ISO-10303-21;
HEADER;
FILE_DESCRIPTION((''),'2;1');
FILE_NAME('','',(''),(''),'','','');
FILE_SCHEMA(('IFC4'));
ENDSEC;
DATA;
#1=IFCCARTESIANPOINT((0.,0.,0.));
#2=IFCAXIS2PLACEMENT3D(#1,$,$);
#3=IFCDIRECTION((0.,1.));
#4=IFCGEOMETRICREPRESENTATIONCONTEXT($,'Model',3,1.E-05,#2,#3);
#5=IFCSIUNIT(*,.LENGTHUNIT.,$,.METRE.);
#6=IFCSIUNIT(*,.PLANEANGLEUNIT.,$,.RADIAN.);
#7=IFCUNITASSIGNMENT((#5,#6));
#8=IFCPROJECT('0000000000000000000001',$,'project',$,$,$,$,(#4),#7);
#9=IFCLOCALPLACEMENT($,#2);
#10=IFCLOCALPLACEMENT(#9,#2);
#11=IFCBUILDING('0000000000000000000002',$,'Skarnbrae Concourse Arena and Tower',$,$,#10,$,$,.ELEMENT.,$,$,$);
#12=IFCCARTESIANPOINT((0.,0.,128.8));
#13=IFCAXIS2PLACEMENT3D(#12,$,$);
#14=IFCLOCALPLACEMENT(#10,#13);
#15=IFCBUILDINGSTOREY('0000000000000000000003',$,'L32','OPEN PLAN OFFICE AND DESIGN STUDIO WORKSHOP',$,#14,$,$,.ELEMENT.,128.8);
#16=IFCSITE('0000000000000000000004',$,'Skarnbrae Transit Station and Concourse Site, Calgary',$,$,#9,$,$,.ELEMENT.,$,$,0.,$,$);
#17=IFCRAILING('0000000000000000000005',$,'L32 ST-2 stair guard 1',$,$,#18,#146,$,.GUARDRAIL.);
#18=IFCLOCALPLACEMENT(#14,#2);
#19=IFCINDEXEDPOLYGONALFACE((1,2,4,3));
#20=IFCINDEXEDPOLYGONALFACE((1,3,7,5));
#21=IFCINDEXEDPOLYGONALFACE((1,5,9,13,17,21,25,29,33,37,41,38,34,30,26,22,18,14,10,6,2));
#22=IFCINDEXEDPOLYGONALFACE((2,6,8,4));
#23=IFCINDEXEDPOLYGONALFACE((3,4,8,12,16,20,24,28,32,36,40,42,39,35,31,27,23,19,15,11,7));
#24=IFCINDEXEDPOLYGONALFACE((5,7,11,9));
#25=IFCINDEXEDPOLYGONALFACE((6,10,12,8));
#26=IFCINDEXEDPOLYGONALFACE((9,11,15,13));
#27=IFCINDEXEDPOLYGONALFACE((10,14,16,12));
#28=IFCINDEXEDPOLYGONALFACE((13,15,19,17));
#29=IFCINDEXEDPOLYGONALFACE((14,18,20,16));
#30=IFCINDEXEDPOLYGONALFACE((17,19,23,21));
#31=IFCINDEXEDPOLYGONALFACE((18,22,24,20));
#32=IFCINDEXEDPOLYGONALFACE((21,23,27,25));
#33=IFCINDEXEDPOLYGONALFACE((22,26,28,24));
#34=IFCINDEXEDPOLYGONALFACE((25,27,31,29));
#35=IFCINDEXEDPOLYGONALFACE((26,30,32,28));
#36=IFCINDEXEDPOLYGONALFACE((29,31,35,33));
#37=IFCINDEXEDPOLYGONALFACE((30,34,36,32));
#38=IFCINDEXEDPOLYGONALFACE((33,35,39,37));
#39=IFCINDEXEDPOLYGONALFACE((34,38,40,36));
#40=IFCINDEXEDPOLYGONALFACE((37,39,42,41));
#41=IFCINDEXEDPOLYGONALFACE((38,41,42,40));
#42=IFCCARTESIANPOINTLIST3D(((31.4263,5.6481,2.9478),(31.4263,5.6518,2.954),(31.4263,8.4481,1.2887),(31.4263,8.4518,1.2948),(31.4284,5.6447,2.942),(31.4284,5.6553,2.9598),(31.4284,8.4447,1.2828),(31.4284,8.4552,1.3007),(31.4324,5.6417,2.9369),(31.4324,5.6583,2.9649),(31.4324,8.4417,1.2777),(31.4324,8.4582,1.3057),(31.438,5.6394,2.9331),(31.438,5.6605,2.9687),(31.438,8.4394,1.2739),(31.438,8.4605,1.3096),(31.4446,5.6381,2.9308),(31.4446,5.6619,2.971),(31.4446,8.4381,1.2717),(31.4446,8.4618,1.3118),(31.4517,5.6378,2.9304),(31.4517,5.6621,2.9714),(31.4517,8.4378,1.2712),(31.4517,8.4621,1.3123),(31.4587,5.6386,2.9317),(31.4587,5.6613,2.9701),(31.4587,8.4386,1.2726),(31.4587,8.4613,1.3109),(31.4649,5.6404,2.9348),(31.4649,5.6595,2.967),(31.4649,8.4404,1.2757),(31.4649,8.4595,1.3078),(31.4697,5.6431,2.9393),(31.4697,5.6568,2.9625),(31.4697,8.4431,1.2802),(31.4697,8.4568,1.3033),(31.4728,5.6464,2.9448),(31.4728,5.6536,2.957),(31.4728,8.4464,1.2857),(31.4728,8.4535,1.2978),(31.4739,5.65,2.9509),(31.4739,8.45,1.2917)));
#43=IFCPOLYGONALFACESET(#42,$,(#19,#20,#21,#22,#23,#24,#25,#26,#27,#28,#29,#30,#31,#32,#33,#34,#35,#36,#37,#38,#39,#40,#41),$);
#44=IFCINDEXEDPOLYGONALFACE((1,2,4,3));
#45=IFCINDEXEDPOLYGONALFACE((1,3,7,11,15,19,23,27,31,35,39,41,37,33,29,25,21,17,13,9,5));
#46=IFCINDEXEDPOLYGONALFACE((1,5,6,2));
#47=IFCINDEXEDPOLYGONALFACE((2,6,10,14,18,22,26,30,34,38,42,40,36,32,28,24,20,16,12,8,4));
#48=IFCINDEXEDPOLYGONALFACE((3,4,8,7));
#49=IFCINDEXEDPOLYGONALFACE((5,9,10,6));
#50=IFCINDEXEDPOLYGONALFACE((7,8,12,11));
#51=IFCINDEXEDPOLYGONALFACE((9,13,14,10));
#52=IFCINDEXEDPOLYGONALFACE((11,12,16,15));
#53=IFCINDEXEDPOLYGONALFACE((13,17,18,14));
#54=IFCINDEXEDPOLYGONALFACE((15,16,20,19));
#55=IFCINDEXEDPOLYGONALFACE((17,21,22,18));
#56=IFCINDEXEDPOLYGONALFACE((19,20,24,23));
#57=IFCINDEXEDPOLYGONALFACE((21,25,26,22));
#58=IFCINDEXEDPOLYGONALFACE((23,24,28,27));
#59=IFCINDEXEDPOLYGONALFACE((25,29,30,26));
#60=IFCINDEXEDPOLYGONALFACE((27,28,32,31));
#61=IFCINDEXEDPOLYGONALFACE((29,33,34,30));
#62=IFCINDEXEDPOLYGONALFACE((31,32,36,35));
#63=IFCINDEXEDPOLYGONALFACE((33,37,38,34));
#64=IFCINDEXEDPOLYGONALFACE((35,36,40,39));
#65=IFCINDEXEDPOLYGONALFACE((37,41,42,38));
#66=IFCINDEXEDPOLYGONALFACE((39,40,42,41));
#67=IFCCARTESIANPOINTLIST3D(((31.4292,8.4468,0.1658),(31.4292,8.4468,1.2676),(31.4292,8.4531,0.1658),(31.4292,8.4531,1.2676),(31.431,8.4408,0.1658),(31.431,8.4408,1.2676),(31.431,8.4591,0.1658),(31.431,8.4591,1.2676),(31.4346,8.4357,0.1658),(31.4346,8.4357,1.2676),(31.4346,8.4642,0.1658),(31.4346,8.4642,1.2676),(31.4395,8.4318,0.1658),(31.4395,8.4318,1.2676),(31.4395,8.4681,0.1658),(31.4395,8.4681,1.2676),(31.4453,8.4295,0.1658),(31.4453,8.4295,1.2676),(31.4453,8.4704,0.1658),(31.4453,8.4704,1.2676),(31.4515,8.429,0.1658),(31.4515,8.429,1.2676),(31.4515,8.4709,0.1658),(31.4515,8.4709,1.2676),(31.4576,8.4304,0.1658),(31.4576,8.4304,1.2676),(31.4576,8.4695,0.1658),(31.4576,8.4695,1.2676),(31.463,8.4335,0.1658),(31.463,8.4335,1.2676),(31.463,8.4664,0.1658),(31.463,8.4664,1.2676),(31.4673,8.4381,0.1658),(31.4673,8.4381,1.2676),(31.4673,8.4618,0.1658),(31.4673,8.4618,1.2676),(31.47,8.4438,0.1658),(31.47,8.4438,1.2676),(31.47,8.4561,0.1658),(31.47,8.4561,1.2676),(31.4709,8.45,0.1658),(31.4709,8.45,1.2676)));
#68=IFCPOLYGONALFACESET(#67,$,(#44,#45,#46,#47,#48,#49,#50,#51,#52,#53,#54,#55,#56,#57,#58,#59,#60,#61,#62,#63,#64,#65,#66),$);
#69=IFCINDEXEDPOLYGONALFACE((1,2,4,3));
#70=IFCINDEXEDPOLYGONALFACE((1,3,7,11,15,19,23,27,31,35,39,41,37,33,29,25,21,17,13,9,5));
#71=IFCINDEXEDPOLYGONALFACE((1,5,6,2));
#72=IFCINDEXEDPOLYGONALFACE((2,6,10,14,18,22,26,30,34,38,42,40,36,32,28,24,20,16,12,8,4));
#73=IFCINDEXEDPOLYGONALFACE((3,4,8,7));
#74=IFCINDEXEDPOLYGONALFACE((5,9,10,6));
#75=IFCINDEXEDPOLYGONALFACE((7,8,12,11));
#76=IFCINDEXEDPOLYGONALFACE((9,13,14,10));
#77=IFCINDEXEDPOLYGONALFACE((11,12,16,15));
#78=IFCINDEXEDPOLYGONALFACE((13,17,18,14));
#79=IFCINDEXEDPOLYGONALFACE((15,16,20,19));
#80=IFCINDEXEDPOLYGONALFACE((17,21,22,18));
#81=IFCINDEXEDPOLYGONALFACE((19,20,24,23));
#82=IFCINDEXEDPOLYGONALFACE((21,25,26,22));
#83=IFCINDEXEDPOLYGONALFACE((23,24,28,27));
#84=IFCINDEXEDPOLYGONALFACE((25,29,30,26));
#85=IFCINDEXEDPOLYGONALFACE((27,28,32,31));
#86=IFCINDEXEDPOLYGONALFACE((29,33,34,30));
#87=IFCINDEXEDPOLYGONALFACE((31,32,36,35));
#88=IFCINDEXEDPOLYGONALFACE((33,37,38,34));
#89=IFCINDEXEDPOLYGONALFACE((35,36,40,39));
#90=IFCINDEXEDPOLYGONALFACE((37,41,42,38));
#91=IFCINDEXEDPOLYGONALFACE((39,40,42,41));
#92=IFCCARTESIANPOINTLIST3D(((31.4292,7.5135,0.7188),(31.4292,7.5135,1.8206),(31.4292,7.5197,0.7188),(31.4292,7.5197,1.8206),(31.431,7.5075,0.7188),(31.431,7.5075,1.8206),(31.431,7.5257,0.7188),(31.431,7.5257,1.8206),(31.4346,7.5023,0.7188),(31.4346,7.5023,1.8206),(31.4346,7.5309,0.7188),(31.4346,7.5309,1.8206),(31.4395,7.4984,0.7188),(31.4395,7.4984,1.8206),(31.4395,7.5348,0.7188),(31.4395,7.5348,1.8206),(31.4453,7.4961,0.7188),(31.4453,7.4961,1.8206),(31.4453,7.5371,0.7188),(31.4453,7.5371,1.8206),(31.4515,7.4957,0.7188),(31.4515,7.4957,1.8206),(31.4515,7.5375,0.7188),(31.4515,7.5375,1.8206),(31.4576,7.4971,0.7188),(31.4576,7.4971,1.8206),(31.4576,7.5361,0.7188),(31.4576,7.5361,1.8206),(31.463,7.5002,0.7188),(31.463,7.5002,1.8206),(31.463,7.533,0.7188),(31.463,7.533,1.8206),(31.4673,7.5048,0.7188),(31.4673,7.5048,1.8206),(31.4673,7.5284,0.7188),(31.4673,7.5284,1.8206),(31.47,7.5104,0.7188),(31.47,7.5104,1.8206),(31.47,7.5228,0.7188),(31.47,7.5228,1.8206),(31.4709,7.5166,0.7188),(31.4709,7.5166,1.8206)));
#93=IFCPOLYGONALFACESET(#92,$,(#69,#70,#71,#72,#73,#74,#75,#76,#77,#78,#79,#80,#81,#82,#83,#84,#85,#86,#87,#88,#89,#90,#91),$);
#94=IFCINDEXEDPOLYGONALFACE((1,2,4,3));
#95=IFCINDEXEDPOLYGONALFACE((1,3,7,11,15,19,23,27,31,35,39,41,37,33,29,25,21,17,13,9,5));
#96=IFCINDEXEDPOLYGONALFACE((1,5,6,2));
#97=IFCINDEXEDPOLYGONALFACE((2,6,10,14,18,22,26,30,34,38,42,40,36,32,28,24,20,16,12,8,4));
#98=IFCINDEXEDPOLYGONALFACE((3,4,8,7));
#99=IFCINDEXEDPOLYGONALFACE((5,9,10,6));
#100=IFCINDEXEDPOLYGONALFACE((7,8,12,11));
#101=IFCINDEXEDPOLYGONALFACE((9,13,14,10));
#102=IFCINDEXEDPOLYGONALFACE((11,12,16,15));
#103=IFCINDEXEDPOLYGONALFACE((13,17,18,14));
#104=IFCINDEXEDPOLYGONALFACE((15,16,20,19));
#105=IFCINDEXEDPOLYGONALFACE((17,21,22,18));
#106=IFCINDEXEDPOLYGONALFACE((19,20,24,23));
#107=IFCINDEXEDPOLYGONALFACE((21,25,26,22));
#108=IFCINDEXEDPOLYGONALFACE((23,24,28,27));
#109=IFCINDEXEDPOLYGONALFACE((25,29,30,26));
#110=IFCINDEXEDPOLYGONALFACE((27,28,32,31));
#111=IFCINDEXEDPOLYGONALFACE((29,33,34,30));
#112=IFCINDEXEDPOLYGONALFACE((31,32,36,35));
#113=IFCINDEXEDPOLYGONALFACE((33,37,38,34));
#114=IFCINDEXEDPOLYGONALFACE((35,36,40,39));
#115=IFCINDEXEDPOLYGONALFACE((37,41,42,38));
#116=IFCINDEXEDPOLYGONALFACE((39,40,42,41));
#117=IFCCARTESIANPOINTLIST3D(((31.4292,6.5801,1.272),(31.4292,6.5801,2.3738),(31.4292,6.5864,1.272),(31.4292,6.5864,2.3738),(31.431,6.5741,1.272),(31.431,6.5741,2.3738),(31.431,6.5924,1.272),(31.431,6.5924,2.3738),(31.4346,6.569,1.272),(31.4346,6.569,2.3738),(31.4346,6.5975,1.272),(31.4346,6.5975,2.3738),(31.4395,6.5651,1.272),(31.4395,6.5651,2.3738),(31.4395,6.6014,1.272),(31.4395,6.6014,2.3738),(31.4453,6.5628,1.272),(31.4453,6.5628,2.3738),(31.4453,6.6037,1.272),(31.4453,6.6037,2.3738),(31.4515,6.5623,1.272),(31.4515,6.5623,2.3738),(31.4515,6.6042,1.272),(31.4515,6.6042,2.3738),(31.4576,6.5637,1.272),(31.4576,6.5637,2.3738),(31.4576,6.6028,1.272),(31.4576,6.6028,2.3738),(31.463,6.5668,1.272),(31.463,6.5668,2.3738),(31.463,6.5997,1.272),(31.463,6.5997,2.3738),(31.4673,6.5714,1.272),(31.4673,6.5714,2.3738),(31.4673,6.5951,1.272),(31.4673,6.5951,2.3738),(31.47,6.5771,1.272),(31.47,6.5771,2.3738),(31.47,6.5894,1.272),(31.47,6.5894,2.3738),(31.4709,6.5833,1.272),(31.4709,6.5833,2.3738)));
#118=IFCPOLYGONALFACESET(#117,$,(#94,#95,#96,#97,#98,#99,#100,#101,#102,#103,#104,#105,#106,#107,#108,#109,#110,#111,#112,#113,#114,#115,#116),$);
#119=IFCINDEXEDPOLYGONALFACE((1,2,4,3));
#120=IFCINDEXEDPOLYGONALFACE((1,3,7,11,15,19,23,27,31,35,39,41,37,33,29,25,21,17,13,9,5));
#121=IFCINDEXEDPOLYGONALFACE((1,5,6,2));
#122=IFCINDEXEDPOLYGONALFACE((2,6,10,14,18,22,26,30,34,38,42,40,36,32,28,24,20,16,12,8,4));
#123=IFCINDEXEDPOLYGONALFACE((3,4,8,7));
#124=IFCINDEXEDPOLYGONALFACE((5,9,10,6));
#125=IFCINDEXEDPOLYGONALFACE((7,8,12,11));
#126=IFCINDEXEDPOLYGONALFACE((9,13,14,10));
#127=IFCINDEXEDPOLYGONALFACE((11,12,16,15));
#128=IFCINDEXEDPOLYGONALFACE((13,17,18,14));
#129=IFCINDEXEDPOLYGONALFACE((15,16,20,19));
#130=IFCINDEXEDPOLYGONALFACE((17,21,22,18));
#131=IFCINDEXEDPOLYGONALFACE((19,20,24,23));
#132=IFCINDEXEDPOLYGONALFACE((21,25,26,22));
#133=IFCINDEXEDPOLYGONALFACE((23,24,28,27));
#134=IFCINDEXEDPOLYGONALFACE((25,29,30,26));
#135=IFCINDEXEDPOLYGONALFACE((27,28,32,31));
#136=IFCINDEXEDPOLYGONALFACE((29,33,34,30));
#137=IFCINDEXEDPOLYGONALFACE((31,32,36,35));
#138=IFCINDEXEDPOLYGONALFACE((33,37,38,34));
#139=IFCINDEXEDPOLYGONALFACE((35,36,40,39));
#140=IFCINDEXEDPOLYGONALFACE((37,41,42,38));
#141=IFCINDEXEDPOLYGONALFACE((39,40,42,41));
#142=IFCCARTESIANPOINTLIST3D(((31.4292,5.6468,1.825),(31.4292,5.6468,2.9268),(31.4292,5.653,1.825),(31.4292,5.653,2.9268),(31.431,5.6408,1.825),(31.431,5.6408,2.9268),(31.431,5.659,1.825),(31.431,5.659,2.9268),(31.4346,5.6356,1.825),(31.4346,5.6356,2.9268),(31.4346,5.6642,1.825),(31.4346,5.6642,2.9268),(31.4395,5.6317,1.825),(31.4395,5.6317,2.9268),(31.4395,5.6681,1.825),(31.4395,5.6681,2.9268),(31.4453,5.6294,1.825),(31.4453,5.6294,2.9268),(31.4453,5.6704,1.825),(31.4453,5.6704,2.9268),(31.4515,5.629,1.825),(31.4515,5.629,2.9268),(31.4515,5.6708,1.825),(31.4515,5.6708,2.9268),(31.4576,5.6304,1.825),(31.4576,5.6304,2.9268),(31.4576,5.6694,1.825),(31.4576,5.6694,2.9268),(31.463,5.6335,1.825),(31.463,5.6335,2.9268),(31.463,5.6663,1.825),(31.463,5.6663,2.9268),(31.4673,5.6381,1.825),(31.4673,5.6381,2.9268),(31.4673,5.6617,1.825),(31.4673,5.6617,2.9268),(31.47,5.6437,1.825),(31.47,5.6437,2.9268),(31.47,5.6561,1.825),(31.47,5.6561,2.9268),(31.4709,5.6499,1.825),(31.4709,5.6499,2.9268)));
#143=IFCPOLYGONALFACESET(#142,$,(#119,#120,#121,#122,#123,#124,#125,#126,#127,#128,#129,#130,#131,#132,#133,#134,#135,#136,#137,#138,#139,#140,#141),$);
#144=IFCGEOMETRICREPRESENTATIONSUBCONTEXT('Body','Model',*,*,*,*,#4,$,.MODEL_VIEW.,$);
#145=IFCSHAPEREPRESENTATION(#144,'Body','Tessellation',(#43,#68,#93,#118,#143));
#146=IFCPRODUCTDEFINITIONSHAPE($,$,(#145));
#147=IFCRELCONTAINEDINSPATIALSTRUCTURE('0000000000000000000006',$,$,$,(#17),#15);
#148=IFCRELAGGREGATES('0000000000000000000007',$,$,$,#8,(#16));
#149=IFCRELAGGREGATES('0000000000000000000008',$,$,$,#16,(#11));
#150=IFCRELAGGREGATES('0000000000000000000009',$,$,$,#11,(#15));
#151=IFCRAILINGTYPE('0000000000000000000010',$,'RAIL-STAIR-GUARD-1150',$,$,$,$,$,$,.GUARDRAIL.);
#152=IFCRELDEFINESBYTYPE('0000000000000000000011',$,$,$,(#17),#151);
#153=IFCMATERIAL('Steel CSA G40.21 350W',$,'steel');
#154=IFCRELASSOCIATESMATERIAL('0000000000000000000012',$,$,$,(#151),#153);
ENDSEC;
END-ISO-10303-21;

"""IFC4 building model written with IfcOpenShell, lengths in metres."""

from ifc_helpers import new_model, si_unit, direction, frame, origin, origin_2d, place, context, subcontext, project, spatial, circle, extrude, material, type_object, element, save


model = new_model("IFC4")

# Units and contexts
model_context = context("Model", 3, precision=1e-05, world=origin(), true_north=direction((0.0, 1.0)))
body_context = subcontext(model_context, "Body", "Model", "MODEL_VIEW")
ifc_project = project(units=[si_unit("LENGTHUNIT", "METRE"), si_unit("PLANEANGLEUNIT", "RADIAN")], contexts=[model_context])

# Site, building, storey
site_placement = place(None, origin())
site = spatial("IfcSite", under=ifc_project, at=site_placement, Name="Skarnbrae Transit Station and Concourse Site, Calgary", CompositionType="ELEMENT", RefElevation=0.0)
building_placement = place(site_placement, origin())
building = spatial("IfcBuilding", under=site, at=building_placement, Name="Skarnbrae Concourse Arena and Tower", CompositionType="ELEMENT")
storey_placement = place(building_placement, frame((0.0, 0.0, 128.8)))
storey = spatial("IfcBuildingStorey", under=building, at=storey_placement, Name="L32", Description="OPEN PLAN OFFICE AND DESIGN STUDIO WORKSHOP", CompositionType="ELEMENT", Elevation=128.8)

# Shared definitions
ifc_material_1 = material(Name="Steel CSA G40.21 350W", Category="steel")

# Railing
railing_type_1 = type_object("IfcRailingType", Name="RAIL-STAIR-GUARD-1150", PredefinedType="GUARDRAIL", material=ifc_material_1)
railing_1_placement = place(storey_placement, frame((31.45, 8.45, 0.1658)))
element("IfcRailing", 1, at=railing_1_placement, inside=storey, type_object=railing_type_1, Name="L32 ST-2 stair guard 1", PredefinedType="GUARDRAIL", context=body_context, shape_type="SweptSolid", body=[
    extrude(circle(Radius=0.0239, at=origin_2d()), frame((0.0, 0.0, 1.126), z_axis=(0.0, -0.860306, 0.509778), x_axis=(1.0, 0.0, 0.0)), (0.0, 0.0, 1.0), 3.2546),
    extrude(circle(Radius=0.021, at=origin_2d()), origin(), (0.0, 0.0, 1.0), 1.1018),
    extrude(circle(Radius=0.021, at=origin_2d()), frame((0.0, -0.9333, 0.553)), (0.0, 0.0, 1.0), 1.1018),
    extrude(circle(Radius=0.021, at=origin_2d()), frame((0.0, -1.8667, 1.1062)), (0.0, 0.0, 1.0), 1.1018),
    extrude(circle(Radius=0.021, at=origin_2d()), frame((0.0, -2.8, 1.6592)), (0.0, 0.0, 1.0), 1.1018),
])

save(model, "model.ifc")
